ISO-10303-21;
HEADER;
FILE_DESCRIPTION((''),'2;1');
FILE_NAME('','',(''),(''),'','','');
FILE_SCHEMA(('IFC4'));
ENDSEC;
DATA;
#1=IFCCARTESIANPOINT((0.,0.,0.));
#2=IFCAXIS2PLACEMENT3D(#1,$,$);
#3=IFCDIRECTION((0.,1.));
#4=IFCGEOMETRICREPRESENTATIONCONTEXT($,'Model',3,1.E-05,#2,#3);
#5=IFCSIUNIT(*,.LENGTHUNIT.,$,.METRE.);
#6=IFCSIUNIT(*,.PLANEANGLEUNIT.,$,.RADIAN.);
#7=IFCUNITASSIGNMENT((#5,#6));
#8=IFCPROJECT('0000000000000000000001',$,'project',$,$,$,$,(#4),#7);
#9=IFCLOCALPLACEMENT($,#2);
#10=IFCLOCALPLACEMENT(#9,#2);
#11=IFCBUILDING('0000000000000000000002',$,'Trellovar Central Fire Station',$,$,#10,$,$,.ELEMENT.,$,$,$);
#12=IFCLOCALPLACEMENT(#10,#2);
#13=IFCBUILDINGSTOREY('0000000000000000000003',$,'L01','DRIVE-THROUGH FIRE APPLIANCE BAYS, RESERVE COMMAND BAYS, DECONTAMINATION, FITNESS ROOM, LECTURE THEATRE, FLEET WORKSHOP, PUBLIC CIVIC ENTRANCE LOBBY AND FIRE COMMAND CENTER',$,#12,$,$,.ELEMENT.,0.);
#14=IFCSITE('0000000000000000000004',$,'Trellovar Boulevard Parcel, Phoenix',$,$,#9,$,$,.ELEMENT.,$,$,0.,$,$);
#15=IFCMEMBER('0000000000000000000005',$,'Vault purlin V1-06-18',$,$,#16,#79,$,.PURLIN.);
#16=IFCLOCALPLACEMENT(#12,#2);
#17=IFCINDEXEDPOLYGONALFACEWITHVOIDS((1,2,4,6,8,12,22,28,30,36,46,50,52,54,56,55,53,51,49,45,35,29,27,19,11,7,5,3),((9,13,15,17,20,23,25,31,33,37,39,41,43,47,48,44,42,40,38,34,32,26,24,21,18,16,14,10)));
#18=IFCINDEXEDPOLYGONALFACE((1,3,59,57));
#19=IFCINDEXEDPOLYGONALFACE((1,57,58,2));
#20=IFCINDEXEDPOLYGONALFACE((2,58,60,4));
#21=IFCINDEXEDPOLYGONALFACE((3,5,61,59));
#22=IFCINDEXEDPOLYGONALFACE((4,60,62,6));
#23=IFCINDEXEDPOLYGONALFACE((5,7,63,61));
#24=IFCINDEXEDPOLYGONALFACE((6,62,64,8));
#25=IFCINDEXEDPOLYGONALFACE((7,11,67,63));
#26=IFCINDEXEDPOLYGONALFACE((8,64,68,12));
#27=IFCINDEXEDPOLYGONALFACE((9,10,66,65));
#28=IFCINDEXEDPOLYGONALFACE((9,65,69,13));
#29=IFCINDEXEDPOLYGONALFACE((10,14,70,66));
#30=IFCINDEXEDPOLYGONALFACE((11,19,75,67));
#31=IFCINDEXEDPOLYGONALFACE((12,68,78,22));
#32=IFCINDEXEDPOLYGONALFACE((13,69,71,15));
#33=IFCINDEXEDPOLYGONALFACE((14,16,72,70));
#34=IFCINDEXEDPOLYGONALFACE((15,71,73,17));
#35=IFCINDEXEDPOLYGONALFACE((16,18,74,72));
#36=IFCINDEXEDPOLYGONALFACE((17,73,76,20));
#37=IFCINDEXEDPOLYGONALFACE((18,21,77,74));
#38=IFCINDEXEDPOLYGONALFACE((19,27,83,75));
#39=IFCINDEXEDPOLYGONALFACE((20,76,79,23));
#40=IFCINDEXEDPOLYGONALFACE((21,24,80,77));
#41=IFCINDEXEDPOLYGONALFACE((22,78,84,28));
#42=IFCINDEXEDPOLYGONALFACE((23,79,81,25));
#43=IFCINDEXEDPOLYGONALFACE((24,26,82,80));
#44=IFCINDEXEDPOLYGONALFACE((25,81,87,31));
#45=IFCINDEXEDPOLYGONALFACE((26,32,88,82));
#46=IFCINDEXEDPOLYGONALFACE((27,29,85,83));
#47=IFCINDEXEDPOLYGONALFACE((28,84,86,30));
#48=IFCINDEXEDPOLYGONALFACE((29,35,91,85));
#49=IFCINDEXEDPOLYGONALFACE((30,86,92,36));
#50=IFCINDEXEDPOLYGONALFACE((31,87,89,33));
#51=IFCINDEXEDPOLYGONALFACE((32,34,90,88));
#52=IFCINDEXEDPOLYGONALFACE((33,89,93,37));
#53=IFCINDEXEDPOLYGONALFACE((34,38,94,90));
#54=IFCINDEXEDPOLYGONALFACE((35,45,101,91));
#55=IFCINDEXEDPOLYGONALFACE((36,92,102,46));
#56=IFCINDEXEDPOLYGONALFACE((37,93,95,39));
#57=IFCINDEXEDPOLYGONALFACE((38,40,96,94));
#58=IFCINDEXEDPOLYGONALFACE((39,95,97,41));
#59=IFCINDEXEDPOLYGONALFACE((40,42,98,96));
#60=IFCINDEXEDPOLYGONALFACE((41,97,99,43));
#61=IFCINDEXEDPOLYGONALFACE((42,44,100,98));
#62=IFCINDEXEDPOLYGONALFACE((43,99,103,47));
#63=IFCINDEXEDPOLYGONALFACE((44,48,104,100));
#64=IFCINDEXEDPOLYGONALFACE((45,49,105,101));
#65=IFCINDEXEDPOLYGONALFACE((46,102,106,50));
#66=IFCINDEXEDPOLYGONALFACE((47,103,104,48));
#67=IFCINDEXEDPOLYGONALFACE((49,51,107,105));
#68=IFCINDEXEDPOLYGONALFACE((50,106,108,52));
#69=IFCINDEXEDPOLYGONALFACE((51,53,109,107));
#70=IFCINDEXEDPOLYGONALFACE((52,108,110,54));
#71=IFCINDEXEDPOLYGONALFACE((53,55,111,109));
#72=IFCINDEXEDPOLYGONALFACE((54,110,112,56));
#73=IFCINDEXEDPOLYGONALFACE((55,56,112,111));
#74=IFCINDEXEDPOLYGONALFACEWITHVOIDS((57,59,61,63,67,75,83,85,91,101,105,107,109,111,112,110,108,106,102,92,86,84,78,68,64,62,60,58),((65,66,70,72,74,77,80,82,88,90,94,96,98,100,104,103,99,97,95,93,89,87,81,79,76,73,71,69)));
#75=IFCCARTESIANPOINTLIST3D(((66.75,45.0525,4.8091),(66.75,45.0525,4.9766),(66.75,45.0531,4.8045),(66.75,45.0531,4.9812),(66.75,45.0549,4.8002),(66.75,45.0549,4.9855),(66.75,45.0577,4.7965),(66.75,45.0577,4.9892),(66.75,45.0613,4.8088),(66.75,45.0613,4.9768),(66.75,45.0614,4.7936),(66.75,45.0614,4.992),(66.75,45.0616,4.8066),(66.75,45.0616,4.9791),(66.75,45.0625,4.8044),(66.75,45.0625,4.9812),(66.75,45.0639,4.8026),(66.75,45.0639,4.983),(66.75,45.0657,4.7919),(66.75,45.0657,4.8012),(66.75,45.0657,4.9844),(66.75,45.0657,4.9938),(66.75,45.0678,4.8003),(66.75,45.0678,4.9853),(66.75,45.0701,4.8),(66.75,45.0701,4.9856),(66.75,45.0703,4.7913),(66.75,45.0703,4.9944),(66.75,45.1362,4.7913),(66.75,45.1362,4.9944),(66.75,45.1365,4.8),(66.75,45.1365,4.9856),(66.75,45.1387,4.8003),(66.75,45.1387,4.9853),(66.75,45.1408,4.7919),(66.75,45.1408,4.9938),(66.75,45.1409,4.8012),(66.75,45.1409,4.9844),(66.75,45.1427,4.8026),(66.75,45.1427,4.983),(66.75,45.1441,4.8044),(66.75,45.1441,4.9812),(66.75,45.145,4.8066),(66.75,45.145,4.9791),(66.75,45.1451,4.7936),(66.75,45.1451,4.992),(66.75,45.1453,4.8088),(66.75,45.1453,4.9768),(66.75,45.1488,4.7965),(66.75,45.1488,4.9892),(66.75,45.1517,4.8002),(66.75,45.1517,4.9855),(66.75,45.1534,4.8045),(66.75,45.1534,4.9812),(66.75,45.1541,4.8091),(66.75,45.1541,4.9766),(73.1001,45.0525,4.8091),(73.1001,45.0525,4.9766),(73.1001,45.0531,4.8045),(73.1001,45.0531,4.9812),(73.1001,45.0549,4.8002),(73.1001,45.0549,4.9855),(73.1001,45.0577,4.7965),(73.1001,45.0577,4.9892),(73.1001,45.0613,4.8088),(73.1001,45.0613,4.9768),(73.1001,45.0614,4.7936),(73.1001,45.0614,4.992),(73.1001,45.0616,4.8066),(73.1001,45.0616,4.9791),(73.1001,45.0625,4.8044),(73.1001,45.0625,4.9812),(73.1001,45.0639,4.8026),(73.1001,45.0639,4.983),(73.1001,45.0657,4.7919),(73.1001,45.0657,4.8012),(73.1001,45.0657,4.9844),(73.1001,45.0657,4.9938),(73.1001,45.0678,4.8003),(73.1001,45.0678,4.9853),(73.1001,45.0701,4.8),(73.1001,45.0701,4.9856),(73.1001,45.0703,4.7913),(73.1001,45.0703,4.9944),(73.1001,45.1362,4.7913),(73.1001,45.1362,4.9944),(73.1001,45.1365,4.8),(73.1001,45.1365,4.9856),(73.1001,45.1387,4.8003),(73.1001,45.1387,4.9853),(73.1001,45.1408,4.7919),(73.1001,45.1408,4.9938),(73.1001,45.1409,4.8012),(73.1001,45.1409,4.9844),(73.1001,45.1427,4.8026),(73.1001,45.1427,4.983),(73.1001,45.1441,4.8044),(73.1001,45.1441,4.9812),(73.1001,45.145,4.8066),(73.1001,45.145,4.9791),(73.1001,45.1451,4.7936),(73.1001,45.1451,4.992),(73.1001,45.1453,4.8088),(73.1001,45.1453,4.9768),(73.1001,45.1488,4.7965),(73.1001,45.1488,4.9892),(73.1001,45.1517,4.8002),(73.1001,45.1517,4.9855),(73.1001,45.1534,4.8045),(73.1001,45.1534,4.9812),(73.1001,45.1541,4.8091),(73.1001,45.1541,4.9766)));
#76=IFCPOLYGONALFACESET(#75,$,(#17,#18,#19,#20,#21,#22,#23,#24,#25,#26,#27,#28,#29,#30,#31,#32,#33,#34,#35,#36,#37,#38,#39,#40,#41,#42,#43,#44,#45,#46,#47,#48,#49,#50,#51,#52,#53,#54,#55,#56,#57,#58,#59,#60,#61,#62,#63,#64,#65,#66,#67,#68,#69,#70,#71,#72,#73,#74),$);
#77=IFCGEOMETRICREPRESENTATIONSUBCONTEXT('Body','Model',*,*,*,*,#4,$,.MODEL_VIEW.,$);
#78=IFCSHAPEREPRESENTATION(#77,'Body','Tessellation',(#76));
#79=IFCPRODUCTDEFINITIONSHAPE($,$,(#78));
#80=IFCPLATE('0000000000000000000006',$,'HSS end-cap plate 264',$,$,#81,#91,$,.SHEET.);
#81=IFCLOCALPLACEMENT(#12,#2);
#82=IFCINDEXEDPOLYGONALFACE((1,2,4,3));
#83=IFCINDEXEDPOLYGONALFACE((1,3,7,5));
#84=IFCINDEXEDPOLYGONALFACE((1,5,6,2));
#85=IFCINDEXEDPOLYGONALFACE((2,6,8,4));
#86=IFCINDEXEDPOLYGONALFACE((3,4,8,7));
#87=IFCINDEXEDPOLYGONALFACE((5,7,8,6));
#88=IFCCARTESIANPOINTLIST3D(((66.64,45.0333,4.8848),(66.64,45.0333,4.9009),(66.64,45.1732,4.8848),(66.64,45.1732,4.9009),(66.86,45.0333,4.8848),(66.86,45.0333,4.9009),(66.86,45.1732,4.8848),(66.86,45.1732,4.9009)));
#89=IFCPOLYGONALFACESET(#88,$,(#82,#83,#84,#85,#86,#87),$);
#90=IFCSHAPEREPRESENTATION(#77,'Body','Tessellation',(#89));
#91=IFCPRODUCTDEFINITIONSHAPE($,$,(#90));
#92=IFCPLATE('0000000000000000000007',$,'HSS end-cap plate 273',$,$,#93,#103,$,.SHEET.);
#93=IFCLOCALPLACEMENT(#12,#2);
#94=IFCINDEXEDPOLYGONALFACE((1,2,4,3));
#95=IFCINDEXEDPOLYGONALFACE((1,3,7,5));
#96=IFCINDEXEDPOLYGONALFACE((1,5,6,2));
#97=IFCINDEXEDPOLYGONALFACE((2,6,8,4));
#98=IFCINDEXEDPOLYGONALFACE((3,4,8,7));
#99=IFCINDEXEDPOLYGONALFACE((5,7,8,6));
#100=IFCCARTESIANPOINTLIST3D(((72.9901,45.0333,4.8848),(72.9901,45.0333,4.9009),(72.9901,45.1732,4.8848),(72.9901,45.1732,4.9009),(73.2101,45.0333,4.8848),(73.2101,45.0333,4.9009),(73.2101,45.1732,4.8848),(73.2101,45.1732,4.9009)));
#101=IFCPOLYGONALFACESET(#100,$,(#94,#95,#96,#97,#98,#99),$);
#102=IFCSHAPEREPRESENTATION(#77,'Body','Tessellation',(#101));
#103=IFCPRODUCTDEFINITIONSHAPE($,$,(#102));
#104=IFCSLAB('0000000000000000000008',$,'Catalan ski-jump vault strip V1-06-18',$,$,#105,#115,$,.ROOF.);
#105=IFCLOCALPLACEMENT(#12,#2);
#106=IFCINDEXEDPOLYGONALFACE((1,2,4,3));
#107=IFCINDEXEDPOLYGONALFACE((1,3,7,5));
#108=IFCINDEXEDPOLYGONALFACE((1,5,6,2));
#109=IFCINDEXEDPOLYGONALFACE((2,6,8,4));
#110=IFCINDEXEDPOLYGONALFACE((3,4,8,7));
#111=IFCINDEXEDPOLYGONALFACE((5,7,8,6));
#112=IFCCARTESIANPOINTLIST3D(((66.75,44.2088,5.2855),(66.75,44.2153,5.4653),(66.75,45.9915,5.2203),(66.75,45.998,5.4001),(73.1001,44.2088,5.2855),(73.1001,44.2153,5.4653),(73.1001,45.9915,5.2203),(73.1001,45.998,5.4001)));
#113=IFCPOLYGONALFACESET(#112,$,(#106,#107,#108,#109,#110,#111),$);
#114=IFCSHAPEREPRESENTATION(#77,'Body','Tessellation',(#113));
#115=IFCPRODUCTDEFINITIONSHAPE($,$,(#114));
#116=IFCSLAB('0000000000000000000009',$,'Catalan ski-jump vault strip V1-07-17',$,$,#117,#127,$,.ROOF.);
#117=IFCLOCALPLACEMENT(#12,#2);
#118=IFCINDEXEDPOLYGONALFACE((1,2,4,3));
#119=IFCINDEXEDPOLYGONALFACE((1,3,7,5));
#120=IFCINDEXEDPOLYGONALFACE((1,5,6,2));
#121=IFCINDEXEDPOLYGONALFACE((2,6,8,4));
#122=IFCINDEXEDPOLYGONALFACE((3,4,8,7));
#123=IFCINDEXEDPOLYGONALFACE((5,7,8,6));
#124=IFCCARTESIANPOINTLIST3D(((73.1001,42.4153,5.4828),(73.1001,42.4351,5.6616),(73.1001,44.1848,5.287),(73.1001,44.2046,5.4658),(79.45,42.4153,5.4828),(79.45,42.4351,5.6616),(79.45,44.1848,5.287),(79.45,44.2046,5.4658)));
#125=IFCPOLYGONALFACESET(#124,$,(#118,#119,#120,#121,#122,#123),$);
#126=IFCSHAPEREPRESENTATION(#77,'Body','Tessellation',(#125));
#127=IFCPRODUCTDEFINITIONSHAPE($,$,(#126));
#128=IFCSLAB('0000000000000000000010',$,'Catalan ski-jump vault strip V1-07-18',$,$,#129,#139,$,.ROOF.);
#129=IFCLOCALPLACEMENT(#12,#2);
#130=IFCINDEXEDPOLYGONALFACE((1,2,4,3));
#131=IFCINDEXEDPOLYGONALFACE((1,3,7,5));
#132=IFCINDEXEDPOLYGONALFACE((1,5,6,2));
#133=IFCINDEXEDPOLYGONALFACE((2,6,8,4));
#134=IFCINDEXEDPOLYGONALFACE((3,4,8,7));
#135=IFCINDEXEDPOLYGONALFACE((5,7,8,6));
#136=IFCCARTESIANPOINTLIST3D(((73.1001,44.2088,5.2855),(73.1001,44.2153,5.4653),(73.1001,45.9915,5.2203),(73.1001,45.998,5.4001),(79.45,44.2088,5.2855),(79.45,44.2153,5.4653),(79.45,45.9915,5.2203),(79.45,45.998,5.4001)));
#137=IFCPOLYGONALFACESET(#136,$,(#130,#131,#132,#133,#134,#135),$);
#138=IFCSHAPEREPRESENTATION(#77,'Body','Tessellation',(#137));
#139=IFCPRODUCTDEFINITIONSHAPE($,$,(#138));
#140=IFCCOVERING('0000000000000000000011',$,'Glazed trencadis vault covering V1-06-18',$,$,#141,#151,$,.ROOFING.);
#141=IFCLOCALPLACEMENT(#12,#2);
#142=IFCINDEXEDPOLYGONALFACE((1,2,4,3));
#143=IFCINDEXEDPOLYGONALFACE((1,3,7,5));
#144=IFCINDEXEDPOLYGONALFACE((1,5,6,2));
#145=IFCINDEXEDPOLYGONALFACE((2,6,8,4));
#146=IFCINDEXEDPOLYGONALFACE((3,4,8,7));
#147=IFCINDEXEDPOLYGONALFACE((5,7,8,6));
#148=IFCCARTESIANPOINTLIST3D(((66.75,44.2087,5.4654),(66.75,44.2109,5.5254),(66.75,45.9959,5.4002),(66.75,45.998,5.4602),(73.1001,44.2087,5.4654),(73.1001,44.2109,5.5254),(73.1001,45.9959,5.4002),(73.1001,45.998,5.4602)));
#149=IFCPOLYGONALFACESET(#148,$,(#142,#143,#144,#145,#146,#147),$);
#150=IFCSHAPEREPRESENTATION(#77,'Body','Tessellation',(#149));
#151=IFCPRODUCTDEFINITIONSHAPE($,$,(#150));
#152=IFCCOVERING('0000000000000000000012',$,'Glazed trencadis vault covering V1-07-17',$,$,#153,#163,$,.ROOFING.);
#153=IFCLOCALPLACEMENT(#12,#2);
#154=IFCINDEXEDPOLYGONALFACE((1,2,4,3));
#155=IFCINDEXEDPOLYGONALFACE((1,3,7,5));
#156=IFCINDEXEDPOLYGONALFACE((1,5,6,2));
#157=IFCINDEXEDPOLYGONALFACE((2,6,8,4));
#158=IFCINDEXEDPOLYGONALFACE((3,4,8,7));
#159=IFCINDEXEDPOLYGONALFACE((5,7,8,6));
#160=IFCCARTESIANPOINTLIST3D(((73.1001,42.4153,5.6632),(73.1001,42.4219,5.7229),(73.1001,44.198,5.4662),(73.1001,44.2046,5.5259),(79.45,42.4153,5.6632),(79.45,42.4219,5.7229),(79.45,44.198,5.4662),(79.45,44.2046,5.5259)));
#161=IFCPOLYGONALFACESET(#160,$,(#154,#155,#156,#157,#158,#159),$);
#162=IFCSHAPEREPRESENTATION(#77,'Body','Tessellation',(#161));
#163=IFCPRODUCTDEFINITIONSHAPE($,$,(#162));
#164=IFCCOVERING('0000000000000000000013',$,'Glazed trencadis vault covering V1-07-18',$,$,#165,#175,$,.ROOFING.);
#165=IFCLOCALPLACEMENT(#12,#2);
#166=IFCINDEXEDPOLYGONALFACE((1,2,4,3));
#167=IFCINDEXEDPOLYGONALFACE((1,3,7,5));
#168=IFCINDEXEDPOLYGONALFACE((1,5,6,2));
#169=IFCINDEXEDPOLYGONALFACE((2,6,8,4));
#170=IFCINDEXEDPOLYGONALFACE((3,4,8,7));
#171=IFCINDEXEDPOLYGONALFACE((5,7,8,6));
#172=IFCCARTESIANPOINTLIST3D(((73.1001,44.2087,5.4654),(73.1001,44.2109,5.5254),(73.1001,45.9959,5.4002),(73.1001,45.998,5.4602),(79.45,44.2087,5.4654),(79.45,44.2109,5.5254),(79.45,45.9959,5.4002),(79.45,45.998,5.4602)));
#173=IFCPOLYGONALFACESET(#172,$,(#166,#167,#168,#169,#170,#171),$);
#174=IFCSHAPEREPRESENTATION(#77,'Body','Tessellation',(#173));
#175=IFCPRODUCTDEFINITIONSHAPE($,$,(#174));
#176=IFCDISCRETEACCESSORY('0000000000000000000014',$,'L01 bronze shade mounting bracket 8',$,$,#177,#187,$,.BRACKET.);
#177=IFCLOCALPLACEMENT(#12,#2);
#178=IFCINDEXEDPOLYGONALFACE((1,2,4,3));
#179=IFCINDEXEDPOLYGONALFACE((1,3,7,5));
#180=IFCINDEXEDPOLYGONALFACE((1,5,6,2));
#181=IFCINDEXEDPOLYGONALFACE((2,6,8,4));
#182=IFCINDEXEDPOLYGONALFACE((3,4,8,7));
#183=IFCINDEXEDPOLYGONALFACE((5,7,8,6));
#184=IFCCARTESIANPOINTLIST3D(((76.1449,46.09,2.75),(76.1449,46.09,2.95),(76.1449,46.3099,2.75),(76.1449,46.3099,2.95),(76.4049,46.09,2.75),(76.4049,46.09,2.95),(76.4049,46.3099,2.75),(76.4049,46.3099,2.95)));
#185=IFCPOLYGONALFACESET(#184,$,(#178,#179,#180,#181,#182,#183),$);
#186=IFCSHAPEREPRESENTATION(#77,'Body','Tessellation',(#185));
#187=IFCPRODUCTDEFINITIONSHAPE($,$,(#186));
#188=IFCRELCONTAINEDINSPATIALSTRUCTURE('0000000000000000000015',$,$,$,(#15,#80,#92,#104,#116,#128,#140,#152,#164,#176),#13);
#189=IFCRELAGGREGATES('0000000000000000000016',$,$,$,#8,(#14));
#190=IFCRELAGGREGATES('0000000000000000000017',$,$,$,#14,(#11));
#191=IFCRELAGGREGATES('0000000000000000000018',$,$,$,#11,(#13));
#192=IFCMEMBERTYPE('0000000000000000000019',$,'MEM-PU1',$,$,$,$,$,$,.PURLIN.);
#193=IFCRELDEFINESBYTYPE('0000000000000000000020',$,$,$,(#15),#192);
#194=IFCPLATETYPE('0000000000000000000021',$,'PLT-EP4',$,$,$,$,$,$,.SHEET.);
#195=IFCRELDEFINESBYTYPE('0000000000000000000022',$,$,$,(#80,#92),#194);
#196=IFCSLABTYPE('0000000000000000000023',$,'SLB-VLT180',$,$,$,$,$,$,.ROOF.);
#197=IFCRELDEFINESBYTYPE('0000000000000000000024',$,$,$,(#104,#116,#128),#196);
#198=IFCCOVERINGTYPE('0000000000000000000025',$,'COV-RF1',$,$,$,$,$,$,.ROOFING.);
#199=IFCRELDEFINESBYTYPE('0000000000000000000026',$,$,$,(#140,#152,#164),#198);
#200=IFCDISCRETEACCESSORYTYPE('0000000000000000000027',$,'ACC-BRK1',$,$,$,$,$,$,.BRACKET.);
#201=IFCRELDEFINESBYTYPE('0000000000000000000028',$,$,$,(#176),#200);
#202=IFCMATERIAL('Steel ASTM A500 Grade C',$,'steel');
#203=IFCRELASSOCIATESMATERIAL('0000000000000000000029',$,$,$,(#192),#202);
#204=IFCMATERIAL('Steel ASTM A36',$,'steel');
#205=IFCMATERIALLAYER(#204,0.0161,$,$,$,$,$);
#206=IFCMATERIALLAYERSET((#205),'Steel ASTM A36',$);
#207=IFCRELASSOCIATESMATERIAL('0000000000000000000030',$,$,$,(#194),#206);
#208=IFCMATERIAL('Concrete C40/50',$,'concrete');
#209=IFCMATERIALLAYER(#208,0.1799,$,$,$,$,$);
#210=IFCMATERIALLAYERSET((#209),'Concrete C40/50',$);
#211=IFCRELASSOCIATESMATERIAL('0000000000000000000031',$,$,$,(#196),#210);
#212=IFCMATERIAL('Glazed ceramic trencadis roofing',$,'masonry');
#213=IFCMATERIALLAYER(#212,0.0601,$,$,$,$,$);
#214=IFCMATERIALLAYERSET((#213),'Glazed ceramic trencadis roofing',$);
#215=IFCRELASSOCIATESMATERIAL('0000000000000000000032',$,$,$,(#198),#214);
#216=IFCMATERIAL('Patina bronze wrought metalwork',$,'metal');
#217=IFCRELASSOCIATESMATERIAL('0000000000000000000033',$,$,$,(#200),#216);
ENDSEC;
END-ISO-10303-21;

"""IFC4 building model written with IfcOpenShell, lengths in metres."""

from ifc_helpers import new_model, si_unit, direction, frame, origin, origin_2d, place, context, subcontext, project, spatial, polyline, rectangle, hollow_rectangle, outline, extrude, material, layer, layer_set, material_profile, profile_set, type_object, element, save


model = new_model("IFC4")

# Units and contexts
model_context = context("Model", 3, precision=1e-05, world=origin(), true_north=direction((0.0, 1.0)))
body_context = subcontext(model_context, "Body", "Model", "MODEL_VIEW")
ifc_project = project(units=[si_unit("LENGTHUNIT", "METRE"), si_unit("PLANEANGLEUNIT", "RADIAN")], contexts=[model_context])

# Site, building, storey
site_placement = place(None, origin())
site = spatial("IfcSite", under=ifc_project, at=site_placement, Name="Trellovar Boulevard Parcel, Phoenix", CompositionType="ELEMENT", RefElevation=0.0)
building_placement = place(site_placement, origin())
building = spatial("IfcBuilding", under=site, at=building_placement, Name="Trellovar Central Fire Station", CompositionType="ELEMENT")
storey_placement = place(building_placement, origin())
storey = spatial("IfcBuildingStorey", under=building, at=storey_placement, Name="L01", Description="DRIVE-THROUGH FIRE APPLIANCE BAYS, RESERVE COMMAND BAYS, DECONTAMINATION, FITNESS ROOM, LECTURE THEATRE, FLEET WORKSHOP, PUBLIC CIVIC ENTRANCE LOBBY AND FIRE COMMAND CENTER", CompositionType="ELEMENT", Elevation=0.0)

# Member
ifc_material_1 = material(Name="Steel ASTM A500 Grade C", Category="steel")
ifc_material_profile_1 = material_profile(ifc_material_1, hollow_rectangle(XDim=0.1016, YDim=0.2031, WallThickness=0.0088, InnerFilletRadius=0.0088, OuterFilletRadius=0.0178, at=origin_2d()), Name="HSS8X4X3/8")
ifc_profile_set_1 = profile_set([ifc_material_profile_1], Name="Steel ASTM A500 Grade C")
member_type_1 = type_object("IfcMemberType", Name="MEM-PU1", PredefinedType="PURLIN", material=ifc_profile_set_1)
member_1_placement = place(storey_placement, frame((66.75, 45.1033, 4.8928), z_axis=(1.0, 0.0, 0.0), x_axis=(0.0, 1.0, 0.0)))
element("IfcMember", 1, at=member_1_placement, inside=storey, type_object=member_type_1, Name="Vault purlin V1-06-18", PredefinedType="PURLIN", context=body_context, shape_type="SweptSolid", body=[
    extrude(hollow_rectangle(XDim=0.1016, YDim=0.2031, WallThickness=0.0088, InnerFilletRadius=0.0088, OuterFilletRadius=0.0178, at=origin_2d()), origin(), (0.0, 0.0, 1.0), 6.3501),
])

# Plates
ifc_material_2 = material(Name="Steel ASTM A36", Category="steel")
ifc_layer_1 = layer(ifc_material_2, 0.0161)
ifc_layer_set_1 = layer_set([ifc_layer_1], Name="Steel ASTM A36")
plate_type = type_object("IfcPlateType", Name="PLT-EP4", PredefinedType="SHEET", material=ifc_layer_set_1)
for number, where, z_axis, x_axis, name in (
    (2, (66.75, 45.1033, 4.8848), (0.0, 0.0, 1.0), (1.0, 0.0, 0.0), "HSS end-cap plate 264"),
    (3, (73.1001, 45.1033, 4.8848), (0.0, 0.0, 1.0), (1.0, 0.0, 0.0), "HSS end-cap plate 273"),
):
    element("IfcPlate", number, at=place(storey_placement, frame(where, z_axis=z_axis, x_axis=x_axis)), inside=storey, type_object=plate_type, Name=name, PredefinedType="SHEET", context=body_context, shape_type="SweptSolid", body=[
        extrude(rectangle(XDim=0.22, YDim=0.1399, at=origin_2d()), origin(), (0.0, 0.0, 1.0), 0.0161),
    ])

# Slabs
ifc_material_3 = material(Name="Concrete C40/50", Category="concrete")
ifc_layer_2 = layer(ifc_material_3, 0.1799)
ifc_layer_set_2 = layer_set([ifc_layer_2], Name="Concrete C40/50")
slab_type = type_object("IfcSlabType", Name="SLB-VLT180", PredefinedType="ROOF", material=ifc_layer_set_2)
slab_1_placement = place(storey_placement, frame((66.75, 44.2153, 5.4653), z_axis=(0.0, 0.036541, 0.999332), x_axis=(1.0, 0.0, 0.0)))
element("IfcSlab", 4, at=slab_1_placement, inside=storey, type_object=slab_type, Name="Catalan ski-jump vault strip V1-06-18", PredefinedType="ROOF", context=body_context, shape_type="SweptSolid", body=[
    extrude(outline(polyline([(0.0, 0.0), (6.3501, 0.0), (6.3501, 1.7839), (0.0, 1.7839), (0.0, 0.0)])), origin(), (0.0, 0.0, -1.0), 0.1799),
])
slab_2_placement = place(storey_placement, frame((73.1001, 42.4351, 5.6616), z_axis=(0.0, 0.10998, 0.993934), x_axis=(1.0, 0.0, 0.0)))
element("IfcSlab", 5, at=slab_2_placement, inside=storey, type_object=slab_type, Name="Catalan ski-jump vault strip V1-07-17", PredefinedType="ROOF", context=body_context, shape_type="SweptSolid", body=[
    extrude(outline(polyline([(0.0, 0.0), (6.3499, 0.0), (6.3499, 1.7803), (0.0, 1.7803), (0.0, 0.0)])), origin(), (0.0, 0.0, -1.0), 0.1799),
])
slab_3_placement = place(storey_placement, frame((73.1001, 44.2153, 5.4653), z_axis=(0.0, 0.036541, 0.999332), x_axis=(1.0, 0.0, 0.0)))
element("IfcSlab", 6, at=slab_3_placement, inside=storey, type_object=slab_type, Name="Catalan ski-jump vault strip V1-07-18", PredefinedType="ROOF", context=body_context, shape_type="SweptSolid", body=[
    extrude(outline(polyline([(0.0, 0.0), (6.3499, 0.0), (6.3499, 1.7839), (0.0, 1.7839), (0.0, 0.0)])), origin(), (0.0, 0.0, -1.0), 0.1799),
])

# Coverings
ifc_material_4 = material(Name="Glazed ceramic trencadis roofing", Category="masonry")
ifc_layer_3 = layer(ifc_material_4, 0.0601)
ifc_layer_set_3 = layer_set([ifc_layer_3], Name="Glazed ceramic trencadis roofing")
covering_type = type_object("IfcCoveringType", Name="COV-RF1", PredefinedType="ROOFING", material=ifc_layer_set_3)
covering_1_placement = place(storey_placement, frame((66.75, 44.2109, 5.5254), z_axis=(0.0, 0.036451, 0.999335), x_axis=(1.0, 0.0, 0.0)))
element("IfcCovering", 7, at=covering_1_placement, inside=storey, type_object=covering_type, Name="Glazed trencadis vault covering V1-06-18", PredefinedType="ROOFING", context=body_context, shape_type="SweptSolid", body=[
    extrude(outline(polyline([(0.0, 0.0), (6.3501, 0.0), (6.3501, 1.7883), (0.0, 1.7883), (0.0, 0.0)])), origin(), (0.0, 0.0, -1.0), 0.0601),
])
covering_2_placement = place(storey_placement, frame((73.1001, 42.4219, 5.7229), z_axis=(0.0, 0.109849, 0.993948), x_axis=(1.0, 0.0, 0.0)))
element("IfcCovering", 8, at=covering_2_placement, inside=storey, type_object=covering_type, Name="Glazed trencadis vault covering V1-07-17", PredefinedType="ROOFING", context=body_context, shape_type="SweptSolid", body=[
    extrude(outline(polyline([(0.0, 0.0), (6.3499, 0.0), (6.3499, 1.7936), (0.0, 1.7936), (0.0, 0.0)])), origin(), (0.0, 0.0, -1.0), 0.0601),
])
covering_3_placement = place(storey_placement, frame((73.1001, 44.2109, 5.5254), z_axis=(0.0, 0.036451, 0.999335), x_axis=(1.0, 0.0, 0.0)))
element("IfcCovering", 9, at=covering_3_placement, inside=storey, type_object=covering_type, Name="Glazed trencadis vault covering V1-07-18", PredefinedType="ROOFING", context=body_context, shape_type="SweptSolid", body=[
    extrude(outline(polyline([(0.0, 0.0), (6.3499, 0.0), (6.3499, 1.7883), (0.0, 1.7883), (0.0, 0.0)])), origin(), (0.0, 0.0, -1.0), 0.0601),
])

# Discrete accessory
ifc_material_5 = material(Name="Patina bronze wrought metalwork", Category="metal")
discrete_accessory_type = type_object("IfcDiscreteAccessoryType", Name="ACC-BRK1", PredefinedType="BRACKET", material=ifc_material_5)
discrete_accessory_placement = place(storey_placement, frame((76.2749, 46.2, 2.75), z_axis=(0.0, 0.0, 1.0), x_axis=(1.0, 0.0, 0.0)))
element("IfcDiscreteAccessory", 10, at=discrete_accessory_placement, inside=storey, type_object=discrete_accessory_type, Name="L01 bronze shade mounting bracket 8", PredefinedType="BRACKET", context=body_context, shape_type="SweptSolid", body=[
    extrude(rectangle(XDim=0.26, YDim=0.22, at=origin_2d()), origin(), (0.0, 0.0, 1.0), 0.2),
])

save(model, "model.ifc")
